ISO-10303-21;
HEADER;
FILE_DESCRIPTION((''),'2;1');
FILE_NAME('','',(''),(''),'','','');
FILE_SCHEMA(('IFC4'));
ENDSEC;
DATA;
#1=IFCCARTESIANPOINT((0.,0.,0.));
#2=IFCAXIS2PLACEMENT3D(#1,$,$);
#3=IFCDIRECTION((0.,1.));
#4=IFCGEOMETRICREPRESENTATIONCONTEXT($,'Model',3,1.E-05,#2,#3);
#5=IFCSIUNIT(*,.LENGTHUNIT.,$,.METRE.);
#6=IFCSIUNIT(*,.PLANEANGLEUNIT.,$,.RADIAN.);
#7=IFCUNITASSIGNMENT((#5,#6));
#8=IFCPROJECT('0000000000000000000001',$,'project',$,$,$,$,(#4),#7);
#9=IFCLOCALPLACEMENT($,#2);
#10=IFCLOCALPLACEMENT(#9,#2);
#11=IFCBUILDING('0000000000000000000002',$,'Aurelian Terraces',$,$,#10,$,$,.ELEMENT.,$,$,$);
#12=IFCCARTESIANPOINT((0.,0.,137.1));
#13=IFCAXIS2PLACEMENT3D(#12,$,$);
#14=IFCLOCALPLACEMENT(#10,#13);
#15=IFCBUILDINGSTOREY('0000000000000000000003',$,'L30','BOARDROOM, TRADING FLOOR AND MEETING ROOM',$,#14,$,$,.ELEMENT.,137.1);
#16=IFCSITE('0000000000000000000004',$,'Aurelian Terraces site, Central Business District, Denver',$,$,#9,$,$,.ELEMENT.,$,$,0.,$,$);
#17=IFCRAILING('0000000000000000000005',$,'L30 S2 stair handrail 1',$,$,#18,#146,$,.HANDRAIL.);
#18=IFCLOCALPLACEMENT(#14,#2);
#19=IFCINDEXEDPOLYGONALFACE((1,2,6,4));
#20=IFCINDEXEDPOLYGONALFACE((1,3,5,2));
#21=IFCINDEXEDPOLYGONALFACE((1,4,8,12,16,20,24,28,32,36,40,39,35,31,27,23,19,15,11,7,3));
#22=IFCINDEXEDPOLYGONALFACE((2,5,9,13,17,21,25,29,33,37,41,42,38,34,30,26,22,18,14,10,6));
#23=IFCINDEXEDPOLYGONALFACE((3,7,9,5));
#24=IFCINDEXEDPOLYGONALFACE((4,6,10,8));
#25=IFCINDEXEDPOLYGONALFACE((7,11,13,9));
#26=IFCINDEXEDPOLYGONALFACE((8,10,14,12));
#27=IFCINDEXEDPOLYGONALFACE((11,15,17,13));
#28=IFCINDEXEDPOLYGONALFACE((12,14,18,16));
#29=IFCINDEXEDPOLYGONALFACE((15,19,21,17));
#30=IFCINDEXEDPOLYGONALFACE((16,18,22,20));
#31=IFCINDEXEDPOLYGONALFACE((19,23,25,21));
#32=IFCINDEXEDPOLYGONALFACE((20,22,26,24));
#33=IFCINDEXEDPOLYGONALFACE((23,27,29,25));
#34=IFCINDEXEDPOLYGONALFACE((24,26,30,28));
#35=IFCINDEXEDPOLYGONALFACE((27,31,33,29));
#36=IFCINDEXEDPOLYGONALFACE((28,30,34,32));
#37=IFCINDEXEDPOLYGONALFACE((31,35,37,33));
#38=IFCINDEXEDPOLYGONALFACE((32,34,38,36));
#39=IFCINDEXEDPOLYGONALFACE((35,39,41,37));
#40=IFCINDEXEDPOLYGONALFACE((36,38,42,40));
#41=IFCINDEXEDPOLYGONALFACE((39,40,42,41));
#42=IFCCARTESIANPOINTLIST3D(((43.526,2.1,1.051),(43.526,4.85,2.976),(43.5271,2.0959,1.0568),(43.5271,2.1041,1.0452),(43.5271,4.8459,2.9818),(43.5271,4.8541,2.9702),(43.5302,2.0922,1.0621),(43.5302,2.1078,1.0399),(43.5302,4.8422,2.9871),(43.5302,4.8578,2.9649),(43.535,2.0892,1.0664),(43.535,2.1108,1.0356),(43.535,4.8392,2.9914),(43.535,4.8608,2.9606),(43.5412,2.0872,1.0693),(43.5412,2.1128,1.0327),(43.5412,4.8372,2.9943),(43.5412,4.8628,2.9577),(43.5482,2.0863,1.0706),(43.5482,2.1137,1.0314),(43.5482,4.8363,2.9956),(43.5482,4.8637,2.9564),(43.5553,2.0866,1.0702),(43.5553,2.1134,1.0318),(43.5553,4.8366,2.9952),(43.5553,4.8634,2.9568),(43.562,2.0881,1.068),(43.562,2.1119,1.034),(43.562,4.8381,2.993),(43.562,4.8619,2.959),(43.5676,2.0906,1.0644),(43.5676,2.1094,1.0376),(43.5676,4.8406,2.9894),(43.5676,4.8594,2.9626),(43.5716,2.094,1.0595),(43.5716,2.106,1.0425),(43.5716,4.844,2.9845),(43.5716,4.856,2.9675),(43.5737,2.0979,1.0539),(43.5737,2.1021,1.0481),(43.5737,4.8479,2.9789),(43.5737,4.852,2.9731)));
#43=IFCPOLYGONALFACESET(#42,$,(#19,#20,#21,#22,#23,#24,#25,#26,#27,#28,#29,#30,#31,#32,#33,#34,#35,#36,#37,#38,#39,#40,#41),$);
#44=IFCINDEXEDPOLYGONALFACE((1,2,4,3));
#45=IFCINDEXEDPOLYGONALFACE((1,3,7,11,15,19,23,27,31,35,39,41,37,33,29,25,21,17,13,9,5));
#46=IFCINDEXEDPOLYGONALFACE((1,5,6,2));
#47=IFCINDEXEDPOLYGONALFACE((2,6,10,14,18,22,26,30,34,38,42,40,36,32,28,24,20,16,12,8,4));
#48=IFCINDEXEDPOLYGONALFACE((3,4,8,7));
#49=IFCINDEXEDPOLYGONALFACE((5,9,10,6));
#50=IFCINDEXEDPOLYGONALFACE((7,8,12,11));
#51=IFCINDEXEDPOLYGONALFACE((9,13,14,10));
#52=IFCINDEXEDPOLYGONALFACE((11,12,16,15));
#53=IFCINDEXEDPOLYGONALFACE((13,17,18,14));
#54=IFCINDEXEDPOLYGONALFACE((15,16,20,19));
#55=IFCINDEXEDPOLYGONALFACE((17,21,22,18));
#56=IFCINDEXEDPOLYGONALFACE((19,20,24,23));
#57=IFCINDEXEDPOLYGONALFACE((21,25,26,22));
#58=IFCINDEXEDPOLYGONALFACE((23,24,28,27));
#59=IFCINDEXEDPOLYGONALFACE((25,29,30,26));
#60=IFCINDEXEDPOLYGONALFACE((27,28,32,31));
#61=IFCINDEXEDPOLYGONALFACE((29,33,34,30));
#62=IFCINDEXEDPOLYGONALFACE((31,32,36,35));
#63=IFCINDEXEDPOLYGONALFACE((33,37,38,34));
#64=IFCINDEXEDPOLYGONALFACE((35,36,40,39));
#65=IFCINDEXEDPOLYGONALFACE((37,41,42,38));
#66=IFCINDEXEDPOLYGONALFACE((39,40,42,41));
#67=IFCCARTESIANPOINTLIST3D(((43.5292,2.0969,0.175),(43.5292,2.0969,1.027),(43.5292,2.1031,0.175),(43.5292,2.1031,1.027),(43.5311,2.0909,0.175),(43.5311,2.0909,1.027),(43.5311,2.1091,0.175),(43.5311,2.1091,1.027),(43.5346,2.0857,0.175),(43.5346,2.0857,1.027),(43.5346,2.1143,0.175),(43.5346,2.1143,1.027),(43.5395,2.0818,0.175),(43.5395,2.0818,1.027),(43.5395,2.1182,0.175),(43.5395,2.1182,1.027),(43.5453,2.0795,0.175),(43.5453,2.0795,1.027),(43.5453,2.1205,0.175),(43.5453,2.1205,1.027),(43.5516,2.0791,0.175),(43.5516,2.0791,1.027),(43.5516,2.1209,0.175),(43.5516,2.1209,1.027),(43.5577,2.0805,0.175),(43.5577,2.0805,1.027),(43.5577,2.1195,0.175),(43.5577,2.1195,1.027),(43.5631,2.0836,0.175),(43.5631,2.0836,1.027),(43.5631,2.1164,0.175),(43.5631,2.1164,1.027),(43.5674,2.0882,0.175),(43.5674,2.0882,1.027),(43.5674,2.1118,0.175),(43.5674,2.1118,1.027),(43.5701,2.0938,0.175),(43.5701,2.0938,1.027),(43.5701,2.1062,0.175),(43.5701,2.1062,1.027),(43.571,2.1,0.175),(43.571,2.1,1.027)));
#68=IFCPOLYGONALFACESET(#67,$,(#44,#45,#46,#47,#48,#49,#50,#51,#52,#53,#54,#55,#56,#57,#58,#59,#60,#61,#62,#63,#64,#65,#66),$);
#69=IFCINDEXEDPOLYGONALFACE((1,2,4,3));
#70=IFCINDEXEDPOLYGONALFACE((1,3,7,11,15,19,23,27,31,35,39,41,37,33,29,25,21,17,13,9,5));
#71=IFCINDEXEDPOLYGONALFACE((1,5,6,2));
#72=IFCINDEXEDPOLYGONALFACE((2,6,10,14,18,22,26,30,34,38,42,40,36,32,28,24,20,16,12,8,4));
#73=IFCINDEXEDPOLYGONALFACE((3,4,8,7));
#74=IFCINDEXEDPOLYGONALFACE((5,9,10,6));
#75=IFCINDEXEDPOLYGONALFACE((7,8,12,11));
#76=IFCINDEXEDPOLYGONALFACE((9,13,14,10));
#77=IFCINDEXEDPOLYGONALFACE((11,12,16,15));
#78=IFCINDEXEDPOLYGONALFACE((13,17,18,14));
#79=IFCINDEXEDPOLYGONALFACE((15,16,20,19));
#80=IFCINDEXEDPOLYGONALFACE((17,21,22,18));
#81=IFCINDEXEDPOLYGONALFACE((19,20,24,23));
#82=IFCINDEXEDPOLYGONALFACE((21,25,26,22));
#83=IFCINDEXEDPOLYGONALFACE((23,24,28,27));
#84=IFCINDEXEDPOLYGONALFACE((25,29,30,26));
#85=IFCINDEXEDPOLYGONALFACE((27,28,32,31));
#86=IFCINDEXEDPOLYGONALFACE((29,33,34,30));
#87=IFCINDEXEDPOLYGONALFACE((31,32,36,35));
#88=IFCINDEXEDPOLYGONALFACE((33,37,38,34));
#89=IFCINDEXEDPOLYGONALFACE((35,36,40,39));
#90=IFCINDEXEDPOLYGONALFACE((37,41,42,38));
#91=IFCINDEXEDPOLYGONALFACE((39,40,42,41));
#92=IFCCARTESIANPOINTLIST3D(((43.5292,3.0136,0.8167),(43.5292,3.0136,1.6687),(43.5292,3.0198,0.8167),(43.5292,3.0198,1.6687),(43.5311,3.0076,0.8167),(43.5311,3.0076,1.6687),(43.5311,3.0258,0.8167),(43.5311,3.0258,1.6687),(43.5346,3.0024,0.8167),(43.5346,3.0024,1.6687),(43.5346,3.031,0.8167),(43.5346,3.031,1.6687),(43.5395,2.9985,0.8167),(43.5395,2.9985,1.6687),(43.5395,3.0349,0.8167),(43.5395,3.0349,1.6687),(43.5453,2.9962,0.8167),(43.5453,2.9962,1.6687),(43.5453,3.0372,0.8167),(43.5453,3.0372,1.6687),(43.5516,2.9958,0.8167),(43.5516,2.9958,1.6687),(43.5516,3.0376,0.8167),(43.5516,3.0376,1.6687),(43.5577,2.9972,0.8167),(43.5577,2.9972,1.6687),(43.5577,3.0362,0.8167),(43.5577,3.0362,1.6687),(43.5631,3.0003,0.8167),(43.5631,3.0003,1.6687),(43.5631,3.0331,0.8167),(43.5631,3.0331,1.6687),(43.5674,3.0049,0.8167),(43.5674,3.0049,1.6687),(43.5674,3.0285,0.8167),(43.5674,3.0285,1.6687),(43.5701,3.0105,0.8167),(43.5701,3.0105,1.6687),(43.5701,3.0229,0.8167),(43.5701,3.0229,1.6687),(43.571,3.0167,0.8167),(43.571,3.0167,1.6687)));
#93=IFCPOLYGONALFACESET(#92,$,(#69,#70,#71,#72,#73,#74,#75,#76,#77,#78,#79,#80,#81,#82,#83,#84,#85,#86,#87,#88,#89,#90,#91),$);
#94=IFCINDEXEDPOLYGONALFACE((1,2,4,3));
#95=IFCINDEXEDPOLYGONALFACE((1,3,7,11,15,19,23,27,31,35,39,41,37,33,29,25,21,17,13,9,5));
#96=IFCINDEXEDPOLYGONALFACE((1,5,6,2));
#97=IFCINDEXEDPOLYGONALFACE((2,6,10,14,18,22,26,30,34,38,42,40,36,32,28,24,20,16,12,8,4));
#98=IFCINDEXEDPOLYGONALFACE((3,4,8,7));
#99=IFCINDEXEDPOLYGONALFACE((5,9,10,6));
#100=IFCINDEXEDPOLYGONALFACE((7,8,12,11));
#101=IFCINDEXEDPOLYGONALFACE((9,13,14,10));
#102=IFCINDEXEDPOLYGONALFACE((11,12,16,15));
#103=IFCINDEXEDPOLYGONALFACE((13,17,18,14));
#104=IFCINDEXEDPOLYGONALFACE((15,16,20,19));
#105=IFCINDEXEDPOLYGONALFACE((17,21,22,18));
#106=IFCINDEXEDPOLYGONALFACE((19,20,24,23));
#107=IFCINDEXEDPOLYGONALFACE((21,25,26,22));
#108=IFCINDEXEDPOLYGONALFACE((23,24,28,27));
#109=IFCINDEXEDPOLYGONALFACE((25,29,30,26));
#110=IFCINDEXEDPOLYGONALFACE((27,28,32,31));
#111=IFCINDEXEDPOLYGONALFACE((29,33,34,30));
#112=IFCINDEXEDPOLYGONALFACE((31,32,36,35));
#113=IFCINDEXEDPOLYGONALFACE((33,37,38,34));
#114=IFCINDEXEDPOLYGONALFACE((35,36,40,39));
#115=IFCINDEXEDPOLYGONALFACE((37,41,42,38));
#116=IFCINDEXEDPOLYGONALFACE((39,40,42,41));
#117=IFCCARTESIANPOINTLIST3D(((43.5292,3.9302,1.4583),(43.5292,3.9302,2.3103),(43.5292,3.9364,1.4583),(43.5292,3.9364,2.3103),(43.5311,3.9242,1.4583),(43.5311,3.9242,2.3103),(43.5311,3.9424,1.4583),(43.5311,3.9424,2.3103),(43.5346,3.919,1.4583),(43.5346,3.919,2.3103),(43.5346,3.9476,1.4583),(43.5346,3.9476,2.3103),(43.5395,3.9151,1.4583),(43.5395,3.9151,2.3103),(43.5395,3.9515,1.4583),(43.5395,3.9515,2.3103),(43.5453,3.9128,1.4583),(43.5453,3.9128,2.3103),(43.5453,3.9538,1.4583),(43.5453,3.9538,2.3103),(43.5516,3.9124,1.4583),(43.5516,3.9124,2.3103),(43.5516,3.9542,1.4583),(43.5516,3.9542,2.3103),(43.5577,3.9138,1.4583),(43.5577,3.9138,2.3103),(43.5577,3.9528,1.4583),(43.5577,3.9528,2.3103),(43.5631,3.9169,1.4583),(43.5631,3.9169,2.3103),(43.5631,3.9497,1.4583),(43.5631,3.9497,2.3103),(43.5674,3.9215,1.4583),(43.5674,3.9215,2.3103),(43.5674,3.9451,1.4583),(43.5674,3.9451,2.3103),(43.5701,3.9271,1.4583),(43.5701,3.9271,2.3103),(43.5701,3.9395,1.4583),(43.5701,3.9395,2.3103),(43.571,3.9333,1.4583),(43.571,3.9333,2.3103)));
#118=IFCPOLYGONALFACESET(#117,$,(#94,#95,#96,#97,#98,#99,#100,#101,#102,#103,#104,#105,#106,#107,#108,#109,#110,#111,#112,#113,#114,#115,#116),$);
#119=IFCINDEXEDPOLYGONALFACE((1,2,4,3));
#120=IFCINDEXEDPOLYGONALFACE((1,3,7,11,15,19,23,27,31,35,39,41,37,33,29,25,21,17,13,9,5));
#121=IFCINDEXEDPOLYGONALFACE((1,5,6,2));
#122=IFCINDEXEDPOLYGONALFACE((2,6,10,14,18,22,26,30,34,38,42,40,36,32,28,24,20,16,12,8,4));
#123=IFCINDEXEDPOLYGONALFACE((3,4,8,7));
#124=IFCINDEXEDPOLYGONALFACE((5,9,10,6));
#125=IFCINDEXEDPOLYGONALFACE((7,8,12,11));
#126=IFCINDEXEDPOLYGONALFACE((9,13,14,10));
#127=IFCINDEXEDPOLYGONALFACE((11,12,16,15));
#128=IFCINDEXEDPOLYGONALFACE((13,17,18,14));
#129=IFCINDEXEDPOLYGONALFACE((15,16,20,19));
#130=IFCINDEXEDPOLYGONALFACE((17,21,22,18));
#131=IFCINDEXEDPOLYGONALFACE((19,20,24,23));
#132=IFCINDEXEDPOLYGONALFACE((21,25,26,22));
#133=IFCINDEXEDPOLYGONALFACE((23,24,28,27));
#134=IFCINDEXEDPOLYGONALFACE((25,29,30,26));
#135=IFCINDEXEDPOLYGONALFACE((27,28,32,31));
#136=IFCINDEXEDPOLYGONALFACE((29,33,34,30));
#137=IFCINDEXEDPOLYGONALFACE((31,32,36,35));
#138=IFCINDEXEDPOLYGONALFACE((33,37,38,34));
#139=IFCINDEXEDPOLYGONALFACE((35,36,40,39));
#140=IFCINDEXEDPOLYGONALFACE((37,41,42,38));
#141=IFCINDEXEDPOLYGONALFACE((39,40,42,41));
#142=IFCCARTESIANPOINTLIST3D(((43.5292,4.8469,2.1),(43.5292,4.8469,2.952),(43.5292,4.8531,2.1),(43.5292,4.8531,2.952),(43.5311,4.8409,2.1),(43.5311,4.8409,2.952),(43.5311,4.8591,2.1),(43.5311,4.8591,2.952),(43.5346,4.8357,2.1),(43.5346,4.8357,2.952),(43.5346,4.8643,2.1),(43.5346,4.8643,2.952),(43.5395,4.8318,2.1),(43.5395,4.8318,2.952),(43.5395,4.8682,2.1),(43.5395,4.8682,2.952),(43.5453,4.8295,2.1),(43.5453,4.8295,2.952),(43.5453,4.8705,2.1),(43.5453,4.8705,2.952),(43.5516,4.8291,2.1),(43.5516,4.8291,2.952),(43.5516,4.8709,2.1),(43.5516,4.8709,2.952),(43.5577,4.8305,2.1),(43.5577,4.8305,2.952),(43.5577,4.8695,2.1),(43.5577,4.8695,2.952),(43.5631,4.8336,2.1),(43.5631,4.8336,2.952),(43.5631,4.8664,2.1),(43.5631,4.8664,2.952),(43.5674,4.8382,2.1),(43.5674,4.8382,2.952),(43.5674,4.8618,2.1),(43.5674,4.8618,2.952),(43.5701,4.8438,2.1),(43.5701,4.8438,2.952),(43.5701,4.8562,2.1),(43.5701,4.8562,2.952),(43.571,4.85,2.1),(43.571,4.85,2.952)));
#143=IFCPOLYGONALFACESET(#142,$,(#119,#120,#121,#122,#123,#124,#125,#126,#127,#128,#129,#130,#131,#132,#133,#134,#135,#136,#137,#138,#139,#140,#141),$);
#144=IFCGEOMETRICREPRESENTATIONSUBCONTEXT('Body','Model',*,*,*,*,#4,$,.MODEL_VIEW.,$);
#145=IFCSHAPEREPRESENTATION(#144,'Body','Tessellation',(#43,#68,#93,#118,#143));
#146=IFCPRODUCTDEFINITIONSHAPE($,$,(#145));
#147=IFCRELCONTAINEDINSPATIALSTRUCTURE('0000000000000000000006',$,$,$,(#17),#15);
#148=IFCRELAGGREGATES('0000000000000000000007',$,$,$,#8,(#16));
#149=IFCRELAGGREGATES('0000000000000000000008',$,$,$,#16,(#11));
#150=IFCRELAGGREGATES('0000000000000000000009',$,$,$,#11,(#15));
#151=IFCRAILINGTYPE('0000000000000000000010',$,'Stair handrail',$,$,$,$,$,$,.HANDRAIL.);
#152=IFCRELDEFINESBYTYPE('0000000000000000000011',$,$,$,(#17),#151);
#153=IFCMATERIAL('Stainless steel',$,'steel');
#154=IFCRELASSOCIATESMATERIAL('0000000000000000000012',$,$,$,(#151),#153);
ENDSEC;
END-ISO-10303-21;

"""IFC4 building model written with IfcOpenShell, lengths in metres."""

from ifc_helpers import new_model, si_unit, direction, frame, origin, origin_2d, place, context, subcontext, project, spatial, circle, extrude, source, transform, mapped, material, type_object, element, save


model = new_model("IFC4")

# Units and contexts
model_context = context("Model", 3, precision=1e-05, world=origin(), true_north=direction((0.0, 1.0)))
body_context = subcontext(model_context, "Body", "Model", "MODEL_VIEW")
ifc_project = project(units=[si_unit("LENGTHUNIT", "METRE"), si_unit("PLANEANGLEUNIT", "RADIAN")], contexts=[model_context])

# Site, building, storey
site_placement = place(None, origin())
site = spatial("IfcSite", under=ifc_project, at=site_placement, Name="Aurelian Terraces site, Central Business District, Denver", CompositionType="ELEMENT", RefElevation=0.0)
building_placement = place(site_placement, origin())
building = spatial("IfcBuilding", under=site, at=building_placement, Name="Aurelian Terraces", CompositionType="ELEMENT")
storey_placement = place(building_placement, frame((0.0, 0.0, 137.1)))
storey = spatial("IfcBuildingStorey", under=building, at=storey_placement, Name="L30", Description="BOARDROOM, TRADING FLOOR AND MEETING ROOM", CompositionType="ELEMENT", Elevation=137.1)

# Railing
ifc_material_1 = material(Name="Stainless steel", Category="steel")
railing_type = type_object("IfcRailingType", Name="Stair handrail", PredefinedType="HANDRAIL", material=ifc_material_1)
shared_shape_1 = source(origin(), body_context, "Body", "SweptSolid", [
    extrude(circle(Radius=0.024, at=origin_2d()), frame((0.0, 0.0, 0.876), z_axis=(0.0, 0.819232, 0.573462), x_axis=(-1.0, 0.0, 0.0)), (0.0, 0.0, 1.0), 3.3568),
    extrude(circle(Radius=0.021, at=origin_2d()), origin(), (0.0, 0.0, 1.0), 0.852),
    extrude(circle(Radius=0.021, at=origin_2d()), frame((0.0, 0.9167, 0.6417)), (0.0, 0.0, 1.0), 0.852),
    extrude(circle(Radius=0.021, at=origin_2d()), frame((0.0, 1.8333, 1.2833)), (0.0, 0.0, 1.0), 0.852),
    extrude(circle(Radius=0.021, at=origin_2d()), frame((0.0, 2.75, 1.925)), (0.0, 0.0, 1.0), 0.852),
])
railing_placement = place(storey_placement, frame((43.55, 2.1, 0.175)))
element("IfcRailing", 1, at=railing_placement, inside=storey, type_object=railing_type, Name="L30 S2 stair handrail 1", PredefinedType="HANDRAIL", context=body_context, shape_type="MappedRepresentation", body=[
    mapped(shared_shape_1, transform((0.0, 0.0, 0.0), scale=1.0)),
])

save(model, "model.ifc")
